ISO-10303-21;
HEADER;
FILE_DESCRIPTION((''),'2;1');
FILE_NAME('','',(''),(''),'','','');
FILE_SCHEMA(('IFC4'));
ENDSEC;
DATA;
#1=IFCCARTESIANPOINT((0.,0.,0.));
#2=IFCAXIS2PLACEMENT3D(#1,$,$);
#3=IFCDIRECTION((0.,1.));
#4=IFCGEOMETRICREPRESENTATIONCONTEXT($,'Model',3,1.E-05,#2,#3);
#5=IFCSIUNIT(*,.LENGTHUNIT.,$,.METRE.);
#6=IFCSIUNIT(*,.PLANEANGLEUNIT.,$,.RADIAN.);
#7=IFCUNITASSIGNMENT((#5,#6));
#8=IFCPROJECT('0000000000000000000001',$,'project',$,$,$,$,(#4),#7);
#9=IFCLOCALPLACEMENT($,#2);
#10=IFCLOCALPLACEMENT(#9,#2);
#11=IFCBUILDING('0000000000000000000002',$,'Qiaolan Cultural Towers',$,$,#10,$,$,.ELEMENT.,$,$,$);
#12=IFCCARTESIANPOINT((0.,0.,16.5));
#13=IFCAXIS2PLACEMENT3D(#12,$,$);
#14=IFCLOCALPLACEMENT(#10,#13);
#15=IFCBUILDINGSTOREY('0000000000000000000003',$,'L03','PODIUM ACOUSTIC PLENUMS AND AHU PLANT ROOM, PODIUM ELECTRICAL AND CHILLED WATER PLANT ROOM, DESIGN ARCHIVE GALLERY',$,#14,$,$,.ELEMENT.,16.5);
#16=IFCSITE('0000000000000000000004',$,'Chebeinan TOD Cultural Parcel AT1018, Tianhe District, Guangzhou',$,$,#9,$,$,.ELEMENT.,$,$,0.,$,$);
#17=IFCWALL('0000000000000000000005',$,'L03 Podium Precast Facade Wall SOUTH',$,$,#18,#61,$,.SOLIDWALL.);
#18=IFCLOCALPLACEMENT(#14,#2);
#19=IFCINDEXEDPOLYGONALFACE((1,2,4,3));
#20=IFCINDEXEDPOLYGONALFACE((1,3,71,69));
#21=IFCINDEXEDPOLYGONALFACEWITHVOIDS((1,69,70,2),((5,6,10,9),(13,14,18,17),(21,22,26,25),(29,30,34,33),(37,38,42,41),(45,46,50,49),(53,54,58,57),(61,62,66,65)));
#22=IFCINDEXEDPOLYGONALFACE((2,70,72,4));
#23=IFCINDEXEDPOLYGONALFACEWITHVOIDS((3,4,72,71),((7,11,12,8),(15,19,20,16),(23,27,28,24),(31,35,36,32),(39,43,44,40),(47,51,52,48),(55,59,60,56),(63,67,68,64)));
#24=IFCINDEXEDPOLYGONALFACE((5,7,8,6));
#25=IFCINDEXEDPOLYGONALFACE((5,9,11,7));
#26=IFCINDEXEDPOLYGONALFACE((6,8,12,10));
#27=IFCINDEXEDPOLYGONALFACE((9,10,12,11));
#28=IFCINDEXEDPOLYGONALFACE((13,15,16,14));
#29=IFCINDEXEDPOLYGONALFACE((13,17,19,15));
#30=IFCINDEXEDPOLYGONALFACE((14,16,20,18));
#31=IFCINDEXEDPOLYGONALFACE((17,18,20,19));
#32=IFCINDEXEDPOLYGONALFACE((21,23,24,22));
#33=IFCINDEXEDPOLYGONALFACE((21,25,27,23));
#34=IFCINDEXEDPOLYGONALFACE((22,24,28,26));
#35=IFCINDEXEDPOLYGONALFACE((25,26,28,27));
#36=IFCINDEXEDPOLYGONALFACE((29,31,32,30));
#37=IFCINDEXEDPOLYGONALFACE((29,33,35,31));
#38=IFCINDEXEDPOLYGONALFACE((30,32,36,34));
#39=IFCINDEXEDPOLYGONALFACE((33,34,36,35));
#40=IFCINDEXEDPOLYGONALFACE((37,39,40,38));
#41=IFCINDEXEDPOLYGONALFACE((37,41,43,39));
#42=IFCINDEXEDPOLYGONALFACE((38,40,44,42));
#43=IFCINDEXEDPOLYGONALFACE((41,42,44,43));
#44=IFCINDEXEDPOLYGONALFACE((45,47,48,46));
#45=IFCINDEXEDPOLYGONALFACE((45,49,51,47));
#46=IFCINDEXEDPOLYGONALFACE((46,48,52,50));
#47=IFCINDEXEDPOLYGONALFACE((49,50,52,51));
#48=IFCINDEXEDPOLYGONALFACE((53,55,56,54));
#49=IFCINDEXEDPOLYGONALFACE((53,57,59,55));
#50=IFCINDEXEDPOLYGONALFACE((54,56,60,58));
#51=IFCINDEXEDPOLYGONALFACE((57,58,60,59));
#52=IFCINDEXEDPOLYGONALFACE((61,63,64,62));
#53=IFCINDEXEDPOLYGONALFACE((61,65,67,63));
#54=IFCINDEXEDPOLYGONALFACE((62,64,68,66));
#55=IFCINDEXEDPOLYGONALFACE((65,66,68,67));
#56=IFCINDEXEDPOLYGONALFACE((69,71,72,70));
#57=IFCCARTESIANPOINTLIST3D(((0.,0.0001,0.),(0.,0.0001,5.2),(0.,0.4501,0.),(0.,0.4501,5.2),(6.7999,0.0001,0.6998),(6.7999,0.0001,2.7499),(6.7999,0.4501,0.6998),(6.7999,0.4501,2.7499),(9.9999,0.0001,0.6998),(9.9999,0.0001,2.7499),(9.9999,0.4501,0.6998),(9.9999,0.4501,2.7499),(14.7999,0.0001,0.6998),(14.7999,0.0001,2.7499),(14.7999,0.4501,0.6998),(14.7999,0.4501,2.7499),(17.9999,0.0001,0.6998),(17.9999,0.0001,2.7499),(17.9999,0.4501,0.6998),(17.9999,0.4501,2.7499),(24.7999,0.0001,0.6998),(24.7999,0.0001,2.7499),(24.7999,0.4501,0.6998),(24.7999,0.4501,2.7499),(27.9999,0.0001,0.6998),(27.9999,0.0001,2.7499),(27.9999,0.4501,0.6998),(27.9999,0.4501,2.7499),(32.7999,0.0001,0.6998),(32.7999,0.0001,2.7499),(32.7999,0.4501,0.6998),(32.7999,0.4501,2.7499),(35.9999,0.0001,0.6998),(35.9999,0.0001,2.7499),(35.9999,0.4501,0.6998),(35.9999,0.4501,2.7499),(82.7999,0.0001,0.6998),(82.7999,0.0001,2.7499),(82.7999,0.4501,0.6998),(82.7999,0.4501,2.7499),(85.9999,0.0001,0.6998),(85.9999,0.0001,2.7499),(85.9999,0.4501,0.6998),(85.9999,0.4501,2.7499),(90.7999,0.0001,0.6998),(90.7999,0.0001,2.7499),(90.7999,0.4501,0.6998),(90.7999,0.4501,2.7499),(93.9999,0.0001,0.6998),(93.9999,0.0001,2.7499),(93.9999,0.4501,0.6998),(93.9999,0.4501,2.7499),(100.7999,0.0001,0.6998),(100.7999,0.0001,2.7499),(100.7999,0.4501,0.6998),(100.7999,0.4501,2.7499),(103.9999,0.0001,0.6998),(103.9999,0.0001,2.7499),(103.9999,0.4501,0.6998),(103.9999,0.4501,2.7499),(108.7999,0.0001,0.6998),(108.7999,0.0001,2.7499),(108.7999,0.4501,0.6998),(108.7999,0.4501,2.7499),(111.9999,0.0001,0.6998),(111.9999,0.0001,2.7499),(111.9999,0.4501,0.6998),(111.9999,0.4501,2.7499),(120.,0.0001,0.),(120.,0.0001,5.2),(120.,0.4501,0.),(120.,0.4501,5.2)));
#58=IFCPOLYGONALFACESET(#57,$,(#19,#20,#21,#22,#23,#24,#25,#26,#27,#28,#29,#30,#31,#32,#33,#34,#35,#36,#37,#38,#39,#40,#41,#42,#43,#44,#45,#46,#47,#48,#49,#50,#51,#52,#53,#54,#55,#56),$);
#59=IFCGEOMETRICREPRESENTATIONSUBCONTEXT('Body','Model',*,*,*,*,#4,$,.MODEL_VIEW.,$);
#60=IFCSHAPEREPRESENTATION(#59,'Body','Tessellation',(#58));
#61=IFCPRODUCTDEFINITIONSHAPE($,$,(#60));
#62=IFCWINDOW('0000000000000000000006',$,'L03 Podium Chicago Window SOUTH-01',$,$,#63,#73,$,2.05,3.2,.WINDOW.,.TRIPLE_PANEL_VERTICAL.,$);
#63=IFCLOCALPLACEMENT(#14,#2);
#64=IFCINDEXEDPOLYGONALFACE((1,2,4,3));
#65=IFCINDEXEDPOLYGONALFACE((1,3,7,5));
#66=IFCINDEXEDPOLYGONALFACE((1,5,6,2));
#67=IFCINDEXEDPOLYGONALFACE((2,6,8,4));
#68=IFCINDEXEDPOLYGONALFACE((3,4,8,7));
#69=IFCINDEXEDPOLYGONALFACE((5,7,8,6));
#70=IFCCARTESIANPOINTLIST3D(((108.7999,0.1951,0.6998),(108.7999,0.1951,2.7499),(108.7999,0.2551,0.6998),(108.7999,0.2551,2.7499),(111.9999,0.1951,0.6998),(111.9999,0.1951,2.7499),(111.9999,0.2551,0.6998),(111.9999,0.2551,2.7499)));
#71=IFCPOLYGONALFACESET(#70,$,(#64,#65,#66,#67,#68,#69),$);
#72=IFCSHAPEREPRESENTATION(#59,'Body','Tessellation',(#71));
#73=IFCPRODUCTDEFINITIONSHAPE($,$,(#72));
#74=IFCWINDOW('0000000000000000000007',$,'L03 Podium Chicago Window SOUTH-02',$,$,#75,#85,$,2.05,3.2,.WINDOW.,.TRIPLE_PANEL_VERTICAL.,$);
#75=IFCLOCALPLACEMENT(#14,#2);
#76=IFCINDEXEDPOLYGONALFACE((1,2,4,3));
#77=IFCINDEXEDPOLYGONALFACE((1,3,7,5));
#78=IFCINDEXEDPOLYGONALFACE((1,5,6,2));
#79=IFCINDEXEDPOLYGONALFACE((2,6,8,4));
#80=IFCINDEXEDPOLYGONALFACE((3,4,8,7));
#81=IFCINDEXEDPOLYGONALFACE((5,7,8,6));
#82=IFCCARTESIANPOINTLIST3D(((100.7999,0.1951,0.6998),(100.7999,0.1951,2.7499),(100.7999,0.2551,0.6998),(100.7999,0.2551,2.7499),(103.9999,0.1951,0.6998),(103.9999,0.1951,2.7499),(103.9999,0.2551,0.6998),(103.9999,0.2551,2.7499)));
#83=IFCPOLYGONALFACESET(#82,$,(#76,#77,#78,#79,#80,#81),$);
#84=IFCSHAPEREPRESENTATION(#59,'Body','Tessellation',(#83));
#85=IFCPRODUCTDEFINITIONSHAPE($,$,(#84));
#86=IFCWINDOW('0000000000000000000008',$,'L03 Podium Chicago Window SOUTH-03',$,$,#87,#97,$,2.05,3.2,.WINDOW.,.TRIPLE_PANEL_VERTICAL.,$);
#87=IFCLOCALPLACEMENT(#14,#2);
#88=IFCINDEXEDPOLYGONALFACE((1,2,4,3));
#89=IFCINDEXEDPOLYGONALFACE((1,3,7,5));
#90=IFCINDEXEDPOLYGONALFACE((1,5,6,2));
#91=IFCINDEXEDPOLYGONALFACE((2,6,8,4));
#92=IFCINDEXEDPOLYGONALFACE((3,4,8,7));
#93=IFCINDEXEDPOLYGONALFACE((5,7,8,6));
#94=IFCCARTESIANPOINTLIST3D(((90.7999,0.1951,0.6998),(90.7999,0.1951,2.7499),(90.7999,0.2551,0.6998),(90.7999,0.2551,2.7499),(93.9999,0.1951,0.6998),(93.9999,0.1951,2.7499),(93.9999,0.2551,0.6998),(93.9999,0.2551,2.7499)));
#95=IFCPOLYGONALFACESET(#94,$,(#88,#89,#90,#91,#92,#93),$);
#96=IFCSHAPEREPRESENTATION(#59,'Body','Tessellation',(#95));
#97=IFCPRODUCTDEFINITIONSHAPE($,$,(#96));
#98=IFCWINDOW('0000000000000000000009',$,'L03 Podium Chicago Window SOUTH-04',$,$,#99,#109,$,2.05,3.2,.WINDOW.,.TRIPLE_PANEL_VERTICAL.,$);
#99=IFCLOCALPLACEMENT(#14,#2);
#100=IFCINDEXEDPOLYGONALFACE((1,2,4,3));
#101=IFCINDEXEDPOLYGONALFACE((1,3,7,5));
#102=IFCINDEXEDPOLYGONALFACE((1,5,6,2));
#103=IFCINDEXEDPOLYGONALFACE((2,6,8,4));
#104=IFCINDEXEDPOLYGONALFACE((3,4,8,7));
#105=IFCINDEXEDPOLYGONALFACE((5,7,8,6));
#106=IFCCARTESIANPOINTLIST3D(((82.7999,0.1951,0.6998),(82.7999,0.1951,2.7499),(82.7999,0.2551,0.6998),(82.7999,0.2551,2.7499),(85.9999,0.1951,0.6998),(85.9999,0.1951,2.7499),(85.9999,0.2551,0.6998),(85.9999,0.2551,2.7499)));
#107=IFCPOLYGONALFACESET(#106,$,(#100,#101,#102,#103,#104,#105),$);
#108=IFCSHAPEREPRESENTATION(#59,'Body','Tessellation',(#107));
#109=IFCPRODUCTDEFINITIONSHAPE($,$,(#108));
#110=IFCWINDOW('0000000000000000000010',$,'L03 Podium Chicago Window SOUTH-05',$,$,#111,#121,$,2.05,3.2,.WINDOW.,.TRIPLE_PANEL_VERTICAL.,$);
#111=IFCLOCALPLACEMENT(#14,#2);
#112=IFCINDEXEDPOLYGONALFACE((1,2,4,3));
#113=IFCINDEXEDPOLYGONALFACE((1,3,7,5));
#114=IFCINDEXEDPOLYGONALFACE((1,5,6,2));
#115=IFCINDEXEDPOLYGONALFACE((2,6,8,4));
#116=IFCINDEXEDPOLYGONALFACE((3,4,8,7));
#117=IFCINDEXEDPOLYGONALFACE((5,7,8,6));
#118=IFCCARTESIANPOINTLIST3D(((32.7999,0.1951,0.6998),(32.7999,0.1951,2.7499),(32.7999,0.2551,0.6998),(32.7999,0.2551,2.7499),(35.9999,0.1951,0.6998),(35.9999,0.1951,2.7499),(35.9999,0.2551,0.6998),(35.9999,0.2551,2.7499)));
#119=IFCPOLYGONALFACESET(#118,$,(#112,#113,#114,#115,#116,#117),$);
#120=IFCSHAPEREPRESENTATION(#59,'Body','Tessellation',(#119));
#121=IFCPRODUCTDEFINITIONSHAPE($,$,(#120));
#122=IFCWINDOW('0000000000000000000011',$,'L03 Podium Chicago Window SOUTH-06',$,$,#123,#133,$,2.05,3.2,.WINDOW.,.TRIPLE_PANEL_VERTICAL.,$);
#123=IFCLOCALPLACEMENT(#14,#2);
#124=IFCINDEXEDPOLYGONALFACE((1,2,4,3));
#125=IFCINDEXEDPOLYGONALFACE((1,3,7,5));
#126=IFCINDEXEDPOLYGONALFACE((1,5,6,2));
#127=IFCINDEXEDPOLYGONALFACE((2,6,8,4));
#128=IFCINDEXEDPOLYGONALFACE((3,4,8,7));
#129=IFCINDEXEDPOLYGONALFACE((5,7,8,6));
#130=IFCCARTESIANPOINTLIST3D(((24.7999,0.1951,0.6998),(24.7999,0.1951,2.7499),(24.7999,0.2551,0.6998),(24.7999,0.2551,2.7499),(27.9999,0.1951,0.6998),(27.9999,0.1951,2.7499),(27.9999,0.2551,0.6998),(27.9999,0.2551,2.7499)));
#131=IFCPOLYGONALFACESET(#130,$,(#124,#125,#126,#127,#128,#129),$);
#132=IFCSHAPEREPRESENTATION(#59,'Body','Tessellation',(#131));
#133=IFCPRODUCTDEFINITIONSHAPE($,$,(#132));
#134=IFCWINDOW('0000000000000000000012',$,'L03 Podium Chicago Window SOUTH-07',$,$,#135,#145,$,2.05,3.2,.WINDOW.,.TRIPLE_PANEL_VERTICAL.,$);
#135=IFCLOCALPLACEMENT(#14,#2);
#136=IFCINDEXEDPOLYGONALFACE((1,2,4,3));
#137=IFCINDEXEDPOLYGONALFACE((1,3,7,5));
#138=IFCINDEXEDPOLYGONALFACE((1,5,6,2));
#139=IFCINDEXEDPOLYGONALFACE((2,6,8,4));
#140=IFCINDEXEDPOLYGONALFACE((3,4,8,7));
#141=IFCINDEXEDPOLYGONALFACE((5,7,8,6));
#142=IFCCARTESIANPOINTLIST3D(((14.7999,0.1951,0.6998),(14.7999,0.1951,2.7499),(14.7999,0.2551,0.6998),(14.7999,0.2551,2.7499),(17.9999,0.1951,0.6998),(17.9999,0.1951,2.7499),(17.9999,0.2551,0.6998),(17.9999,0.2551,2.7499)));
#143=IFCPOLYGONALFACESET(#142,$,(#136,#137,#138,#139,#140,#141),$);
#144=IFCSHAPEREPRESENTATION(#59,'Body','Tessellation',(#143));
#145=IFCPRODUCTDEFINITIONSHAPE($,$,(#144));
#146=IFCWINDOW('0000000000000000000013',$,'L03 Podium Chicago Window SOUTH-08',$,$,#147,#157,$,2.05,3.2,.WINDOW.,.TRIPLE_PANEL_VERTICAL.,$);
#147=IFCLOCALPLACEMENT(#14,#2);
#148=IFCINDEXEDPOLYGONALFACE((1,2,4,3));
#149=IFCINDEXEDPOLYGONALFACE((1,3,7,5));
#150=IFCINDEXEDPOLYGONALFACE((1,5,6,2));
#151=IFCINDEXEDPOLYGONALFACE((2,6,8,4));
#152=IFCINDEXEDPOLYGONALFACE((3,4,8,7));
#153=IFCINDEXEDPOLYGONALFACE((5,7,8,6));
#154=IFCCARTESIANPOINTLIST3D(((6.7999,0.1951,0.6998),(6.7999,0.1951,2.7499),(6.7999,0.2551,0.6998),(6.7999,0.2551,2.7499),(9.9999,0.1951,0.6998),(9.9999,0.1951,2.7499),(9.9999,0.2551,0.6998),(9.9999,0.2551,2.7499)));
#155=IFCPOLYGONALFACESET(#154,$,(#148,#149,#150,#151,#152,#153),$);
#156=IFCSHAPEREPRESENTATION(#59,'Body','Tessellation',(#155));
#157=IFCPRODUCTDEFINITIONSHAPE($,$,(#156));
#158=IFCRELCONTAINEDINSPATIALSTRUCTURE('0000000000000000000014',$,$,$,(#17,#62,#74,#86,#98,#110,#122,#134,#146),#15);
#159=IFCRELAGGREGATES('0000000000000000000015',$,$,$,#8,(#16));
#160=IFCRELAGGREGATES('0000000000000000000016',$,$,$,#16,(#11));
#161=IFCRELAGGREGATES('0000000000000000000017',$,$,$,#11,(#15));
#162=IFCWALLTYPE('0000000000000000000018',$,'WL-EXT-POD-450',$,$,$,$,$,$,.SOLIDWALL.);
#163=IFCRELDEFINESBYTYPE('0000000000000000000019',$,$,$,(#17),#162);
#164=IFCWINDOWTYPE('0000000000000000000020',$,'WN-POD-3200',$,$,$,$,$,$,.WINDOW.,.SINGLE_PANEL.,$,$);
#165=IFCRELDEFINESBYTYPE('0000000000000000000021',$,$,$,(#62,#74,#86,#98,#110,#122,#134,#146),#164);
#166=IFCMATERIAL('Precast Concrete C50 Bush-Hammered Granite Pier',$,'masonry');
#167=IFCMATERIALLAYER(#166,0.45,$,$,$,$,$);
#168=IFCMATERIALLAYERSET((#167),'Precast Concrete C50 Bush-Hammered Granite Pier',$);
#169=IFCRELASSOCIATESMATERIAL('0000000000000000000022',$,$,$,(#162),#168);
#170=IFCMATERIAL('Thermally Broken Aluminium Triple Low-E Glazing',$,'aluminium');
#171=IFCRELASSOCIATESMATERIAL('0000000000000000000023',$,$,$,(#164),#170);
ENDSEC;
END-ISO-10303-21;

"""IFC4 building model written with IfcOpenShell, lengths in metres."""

from ifc_helpers import new_model, si_unit, direction, frame, frame_2d, origin, place, context, subcontext, project, spatial, rectangle, extrude, material, layer, layer_set, type_object, element, fill, save


model = new_model("IFC4")

# Units and contexts
model_context = context("Model", 3, precision=1e-05, world=origin(), true_north=direction((0.0, 1.0)))
body_context = subcontext(model_context, "Body", "Model", "MODEL_VIEW")
ifc_project = project(units=[si_unit("LENGTHUNIT", "METRE"), si_unit("PLANEANGLEUNIT", "RADIAN")], contexts=[model_context])

# Site, building, storey
site_placement = place(None, origin())
site = spatial("IfcSite", under=ifc_project, at=site_placement, Name="Chebeinan TOD Cultural Parcel AT1018, Tianhe District, Guangzhou", CompositionType="ELEMENT", RefElevation=0.0)
building_placement = place(site_placement, origin())
building = spatial("IfcBuilding", under=site, at=building_placement, Name="Qiaolan Cultural Towers", CompositionType="ELEMENT")
storey_placement = place(building_placement, frame((0.0, 0.0, 16.5)))
storey = spatial("IfcBuildingStorey", under=building, at=storey_placement, Name="L03", Description="PODIUM ACOUSTIC PLENUMS AND AHU PLANT ROOM, PODIUM ELECTRICAL AND CHILLED WATER PLANT ROOM, DESIGN ARCHIVE GALLERY", CompositionType="ELEMENT", Elevation=16.5)

# Wall, openings, windows
ifc_material_1 = material(Name="Precast Concrete C50 Bush-Hammered Granite Pier", Category="masonry")
ifc_layer_1 = layer(ifc_material_1, 0.45)
ifc_layer_set_1 = layer_set([ifc_layer_1], Name="Precast Concrete C50 Bush-Hammered Granite Pier")
wall_type_1 = type_object("IfcWallType", Name="WL-EXT-POD-450", PredefinedType="SOLIDWALL", material=ifc_layer_set_1)
wall_1_placement = place(storey_placement, frame((120.0, 0.2251, 0.0), z_axis=(0.0, 0.0, 1.0), x_axis=(-1.0, 0.0, 0.0)))
wall_1 = element("IfcWall", 1, at=wall_1_placement, inside=storey, type_object=wall_type_1, Name="L03 Podium Precast Facade Wall SOUTH", PredefinedType="SOLIDWALL", context=body_context, shape_type="SweptSolid", body=[
    extrude(rectangle(XDim=120.0, YDim=0.45, at=frame_2d((60.0, 0.0))), origin(), (0.0, 0.0, 1.0), 5.2),
])
opening_1_placement = place(wall_1_placement, frame((8.0, 0.0, 0.7)))
opening_1 = element("IfcOpeningElement", 2, at=opening_1_placement, cuts=wall_1, PredefinedType="OPENING", context=body_context, shape_type="SweptSolid", body=[
    extrude(rectangle(XDim=3.2, YDim=2.05, at=frame_2d((1.6001, 1.0249))), frame((0.0, 0.2349, 0.0), z_axis=(0.0, -1.0, 0.0), x_axis=(1.0, 0.0, 0.0)), (0.0, 0.0, 1.0), 0.47),
])
opening_2_placement = place(wall_1_placement, frame((16.0, 0.0, 0.7)))
opening_2 = element("IfcOpeningElement", 3, at=opening_2_placement, cuts=wall_1, PredefinedType="OPENING", context=body_context, shape_type="SweptSolid", body=[
    extrude(rectangle(XDim=3.2, YDim=2.05, at=frame_2d((1.6001, 1.0249))), frame((0.0, 0.2349, 0.0), z_axis=(0.0, -1.0, 0.0), x_axis=(1.0, 0.0, 0.0)), (0.0, 0.0, 1.0), 0.47),
])
opening_3_placement = place(wall_1_placement, frame((26.0, 0.0, 0.7)))
opening_3 = element("IfcOpeningElement", 4, at=opening_3_placement, cuts=wall_1, PredefinedType="OPENING", context=body_context, shape_type="SweptSolid", body=[
    extrude(rectangle(XDim=3.2, YDim=2.05, at=frame_2d((1.6001, 1.0249))), frame((0.0, 0.2349, 0.0), z_axis=(0.0, -1.0, 0.0), x_axis=(1.0, 0.0, 0.0)), (0.0, 0.0, 1.0), 0.47),
])
opening_4_placement = place(wall_1_placement, frame((34.0, 0.0, 0.7)))
opening_4 = element("IfcOpeningElement", 5, at=opening_4_placement, cuts=wall_1, PredefinedType="OPENING", context=body_context, shape_type="SweptSolid", body=[
    extrude(rectangle(XDim=3.2, YDim=2.05, at=frame_2d((1.6001, 1.0249))), frame((0.0, 0.2349, 0.0), z_axis=(0.0, -1.0, 0.0), x_axis=(1.0, 0.0, 0.0)), (0.0, 0.0, 1.0), 0.47),
])
opening_5_placement = place(wall_1_placement, frame((84.0, 0.0, 0.7)))
opening_5 = element("IfcOpeningElement", 6, at=opening_5_placement, cuts=wall_1, PredefinedType="OPENING", context=body_context, shape_type="SweptSolid", body=[
    extrude(rectangle(XDim=3.2, YDim=2.05, at=frame_2d((1.6001, 1.0249))), frame((0.0, 0.2349, 0.0), z_axis=(0.0, -1.0, 0.0), x_axis=(1.0, 0.0, 0.0)), (0.0, 0.0, 1.0), 0.47),
])
opening_6_placement = place(wall_1_placement, frame((92.0, 0.0, 0.7)))
opening_6 = element("IfcOpeningElement", 7, at=opening_6_placement, cuts=wall_1, PredefinedType="OPENING", context=body_context, shape_type="SweptSolid", body=[
    extrude(rectangle(XDim=3.2, YDim=2.05, at=frame_2d((1.6001, 1.0249))), frame((0.0, 0.2349, 0.0), z_axis=(0.0, -1.0, 0.0), x_axis=(1.0, 0.0, 0.0)), (0.0, 0.0, 1.0), 0.47),
])
opening_7_placement = place(wall_1_placement, frame((102.0, 0.0, 0.7)))
opening_7 = element("IfcOpeningElement", 8, at=opening_7_placement, cuts=wall_1, PredefinedType="OPENING", context=body_context, shape_type="SweptSolid", body=[
    extrude(rectangle(XDim=3.2, YDim=2.05, at=frame_2d((1.6001, 1.0249))), frame((0.0, 0.2349, 0.0), z_axis=(0.0, -1.0, 0.0), x_axis=(1.0, 0.0, 0.0)), (0.0, 0.0, 1.0), 0.47),
])
opening_8_placement = place(wall_1_placement, frame((110.0, 0.0, 0.7)))
opening_8 = element("IfcOpeningElement", 9, at=opening_8_placement, cuts=wall_1, PredefinedType="OPENING", context=body_context, shape_type="SweptSolid", body=[
    extrude(rectangle(XDim=3.2, YDim=2.05, at=frame_2d((1.6001, 1.0249))), frame((0.0, 0.2349, 0.0), z_axis=(0.0, -1.0, 0.0), x_axis=(1.0, 0.0, 0.0)), (0.0, 0.0, 1.0), 0.47),
])
ifc_material_2 = material(Name="Thermally Broken Aluminium Triple Low-E Glazing", Category="aluminium")
window_type = type_object("IfcWindowType", Name="WN-POD-3200", PartitioningType="SINGLE_PANEL", PredefinedType="WINDOW", material=ifc_material_2)
window_1_placement = place(opening_1_placement, origin())
window_1 = element("IfcWindow", 10, at=window_1_placement, inside=storey, type_object=window_type, Name="L03 Podium Chicago Window SOUTH-01", OverallHeight=2.05, OverallWidth=3.2, PartitioningType="TRIPLE_PANEL_VERTICAL", PredefinedType="WINDOW", context=body_context, shape_type="SweptSolid", body=[
    extrude(rectangle(XDim=3.2, YDim=2.05, at=frame_2d((1.6001, 1.0249))), frame((0.0, 0.03, 0.0), z_axis=(0.0, -1.0, 0.0), x_axis=(1.0, 0.0, 0.0)), (0.0, 0.0, 1.0), 0.0601),
])
fill(opening_1, window_1)
window_2_placement = place(opening_2_placement, origin())
window_2 = element("IfcWindow", 11, at=window_2_placement, inside=storey, type_object=window_type, Name="L03 Podium Chicago Window SOUTH-02", OverallHeight=2.05, OverallWidth=3.2, PartitioningType="TRIPLE_PANEL_VERTICAL", PredefinedType="WINDOW", context=body_context, shape_type="SweptSolid", body=[
    extrude(rectangle(XDim=3.2, YDim=2.05, at=frame_2d((1.6001, 1.0249))), frame((0.0, 0.03, 0.0), z_axis=(0.0, -1.0, 0.0), x_axis=(1.0, 0.0, 0.0)), (0.0, 0.0, 1.0), 0.0601),
])
fill(opening_2, window_2)
window_3_placement = place(opening_3_placement, origin())
window_3 = element("IfcWindow", 12, at=window_3_placement, inside=storey, type_object=window_type, Name="L03 Podium Chicago Window SOUTH-03", OverallHeight=2.05, OverallWidth=3.2, PartitioningType="TRIPLE_PANEL_VERTICAL", PredefinedType="WINDOW", context=body_context, shape_type="SweptSolid", body=[
    extrude(rectangle(XDim=3.2, YDim=2.05, at=frame_2d((1.6001, 1.0249))), frame((0.0, 0.03, 0.0), z_axis=(0.0, -1.0, 0.0), x_axis=(1.0, 0.0, 0.0)), (0.0, 0.0, 1.0), 0.0601),
])
fill(opening_3, window_3)
window_4_placement = place(opening_4_placement, origin())
window_4 = element("IfcWindow", 13, at=window_4_placement, inside=storey, type_object=window_type, Name="L03 Podium Chicago Window SOUTH-04", OverallHeight=2.05, OverallWidth=3.2, PartitioningType="TRIPLE_PANEL_VERTICAL", PredefinedType="WINDOW", context=body_context, shape_type="SweptSolid", body=[
    extrude(rectangle(XDim=3.2, YDim=2.05, at=frame_2d((1.6001, 1.0249))), frame((0.0, 0.03, 0.0), z_axis=(0.0, -1.0, 0.0), x_axis=(1.0, 0.0, 0.0)), (0.0, 0.0, 1.0), 0.0601),
])
fill(opening_4, window_4)
window_5_placement = place(opening_5_placement, origin())
window_5 = element("IfcWindow", 14, at=window_5_placement, inside=storey, type_object=window_type, Name="L03 Podium Chicago Window SOUTH-05", OverallHeight=2.05, OverallWidth=3.2, PartitioningType="TRIPLE_PANEL_VERTICAL", PredefinedType="WINDOW", context=body_context, shape_type="SweptSolid", body=[
    extrude(rectangle(XDim=3.2, YDim=2.05, at=frame_2d((1.6001, 1.0249))), frame((0.0, 0.03, 0.0), z_axis=(0.0, -1.0, 0.0), x_axis=(1.0, 0.0, 0.0)), (0.0, 0.0, 1.0), 0.0601),
])
fill(opening_5, window_5)
window_6_placement = place(opening_6_placement, origin())
window_6 = element("IfcWindow", 15, at=window_6_placement, inside=storey, type_object=window_type, Name="L03 Podium Chicago Window SOUTH-06", OverallHeight=2.05, OverallWidth=3.2, PartitioningType="TRIPLE_PANEL_VERTICAL", PredefinedType="WINDOW", context=body_context, shape_type="SweptSolid", body=[
    extrude(rectangle(XDim=3.2, YDim=2.05, at=frame_2d((1.6001, 1.0249))), frame((0.0, 0.03, 0.0), z_axis=(0.0, -1.0, 0.0), x_axis=(1.0, 0.0, 0.0)), (0.0, 0.0, 1.0), 0.0601),
])
fill(opening_6, window_6)
window_7_placement = place(opening_7_placement, origin())
window_7 = element("IfcWindow", 16, at=window_7_placement, inside=storey, type_object=window_type, Name="L03 Podium Chicago Window SOUTH-07", OverallHeight=2.05, OverallWidth=3.2, PartitioningType="TRIPLE_PANEL_VERTICAL", PredefinedType="WINDOW", context=body_context, shape_type="SweptSolid", body=[
    extrude(rectangle(XDim=3.2, YDim=2.05, at=frame_2d((1.6001, 1.0249))), frame((0.0, 0.03, 0.0), z_axis=(0.0, -1.0, 0.0), x_axis=(1.0, 0.0, 0.0)), (0.0, 0.0, 1.0), 0.0601),
])
fill(opening_7, window_7)
window_8_placement = place(opening_8_placement, origin())
window_8 = element("IfcWindow", 17, at=window_8_placement, inside=storey, type_object=window_type, Name="L03 Podium Chicago Window SOUTH-08", OverallHeight=2.05, OverallWidth=3.2, PartitioningType="TRIPLE_PANEL_VERTICAL", PredefinedType="WINDOW", context=body_context, shape_type="SweptSolid", body=[
    extrude(rectangle(XDim=3.2, YDim=2.05, at=frame_2d((1.6001, 1.0249))), frame((0.0, 0.03, 0.0), z_axis=(0.0, -1.0, 0.0), x_axis=(1.0, 0.0, 0.0)), (0.0, 0.0, 1.0), 0.0601),
])
fill(opening_8, window_8)

save(model, "model.ifc")
